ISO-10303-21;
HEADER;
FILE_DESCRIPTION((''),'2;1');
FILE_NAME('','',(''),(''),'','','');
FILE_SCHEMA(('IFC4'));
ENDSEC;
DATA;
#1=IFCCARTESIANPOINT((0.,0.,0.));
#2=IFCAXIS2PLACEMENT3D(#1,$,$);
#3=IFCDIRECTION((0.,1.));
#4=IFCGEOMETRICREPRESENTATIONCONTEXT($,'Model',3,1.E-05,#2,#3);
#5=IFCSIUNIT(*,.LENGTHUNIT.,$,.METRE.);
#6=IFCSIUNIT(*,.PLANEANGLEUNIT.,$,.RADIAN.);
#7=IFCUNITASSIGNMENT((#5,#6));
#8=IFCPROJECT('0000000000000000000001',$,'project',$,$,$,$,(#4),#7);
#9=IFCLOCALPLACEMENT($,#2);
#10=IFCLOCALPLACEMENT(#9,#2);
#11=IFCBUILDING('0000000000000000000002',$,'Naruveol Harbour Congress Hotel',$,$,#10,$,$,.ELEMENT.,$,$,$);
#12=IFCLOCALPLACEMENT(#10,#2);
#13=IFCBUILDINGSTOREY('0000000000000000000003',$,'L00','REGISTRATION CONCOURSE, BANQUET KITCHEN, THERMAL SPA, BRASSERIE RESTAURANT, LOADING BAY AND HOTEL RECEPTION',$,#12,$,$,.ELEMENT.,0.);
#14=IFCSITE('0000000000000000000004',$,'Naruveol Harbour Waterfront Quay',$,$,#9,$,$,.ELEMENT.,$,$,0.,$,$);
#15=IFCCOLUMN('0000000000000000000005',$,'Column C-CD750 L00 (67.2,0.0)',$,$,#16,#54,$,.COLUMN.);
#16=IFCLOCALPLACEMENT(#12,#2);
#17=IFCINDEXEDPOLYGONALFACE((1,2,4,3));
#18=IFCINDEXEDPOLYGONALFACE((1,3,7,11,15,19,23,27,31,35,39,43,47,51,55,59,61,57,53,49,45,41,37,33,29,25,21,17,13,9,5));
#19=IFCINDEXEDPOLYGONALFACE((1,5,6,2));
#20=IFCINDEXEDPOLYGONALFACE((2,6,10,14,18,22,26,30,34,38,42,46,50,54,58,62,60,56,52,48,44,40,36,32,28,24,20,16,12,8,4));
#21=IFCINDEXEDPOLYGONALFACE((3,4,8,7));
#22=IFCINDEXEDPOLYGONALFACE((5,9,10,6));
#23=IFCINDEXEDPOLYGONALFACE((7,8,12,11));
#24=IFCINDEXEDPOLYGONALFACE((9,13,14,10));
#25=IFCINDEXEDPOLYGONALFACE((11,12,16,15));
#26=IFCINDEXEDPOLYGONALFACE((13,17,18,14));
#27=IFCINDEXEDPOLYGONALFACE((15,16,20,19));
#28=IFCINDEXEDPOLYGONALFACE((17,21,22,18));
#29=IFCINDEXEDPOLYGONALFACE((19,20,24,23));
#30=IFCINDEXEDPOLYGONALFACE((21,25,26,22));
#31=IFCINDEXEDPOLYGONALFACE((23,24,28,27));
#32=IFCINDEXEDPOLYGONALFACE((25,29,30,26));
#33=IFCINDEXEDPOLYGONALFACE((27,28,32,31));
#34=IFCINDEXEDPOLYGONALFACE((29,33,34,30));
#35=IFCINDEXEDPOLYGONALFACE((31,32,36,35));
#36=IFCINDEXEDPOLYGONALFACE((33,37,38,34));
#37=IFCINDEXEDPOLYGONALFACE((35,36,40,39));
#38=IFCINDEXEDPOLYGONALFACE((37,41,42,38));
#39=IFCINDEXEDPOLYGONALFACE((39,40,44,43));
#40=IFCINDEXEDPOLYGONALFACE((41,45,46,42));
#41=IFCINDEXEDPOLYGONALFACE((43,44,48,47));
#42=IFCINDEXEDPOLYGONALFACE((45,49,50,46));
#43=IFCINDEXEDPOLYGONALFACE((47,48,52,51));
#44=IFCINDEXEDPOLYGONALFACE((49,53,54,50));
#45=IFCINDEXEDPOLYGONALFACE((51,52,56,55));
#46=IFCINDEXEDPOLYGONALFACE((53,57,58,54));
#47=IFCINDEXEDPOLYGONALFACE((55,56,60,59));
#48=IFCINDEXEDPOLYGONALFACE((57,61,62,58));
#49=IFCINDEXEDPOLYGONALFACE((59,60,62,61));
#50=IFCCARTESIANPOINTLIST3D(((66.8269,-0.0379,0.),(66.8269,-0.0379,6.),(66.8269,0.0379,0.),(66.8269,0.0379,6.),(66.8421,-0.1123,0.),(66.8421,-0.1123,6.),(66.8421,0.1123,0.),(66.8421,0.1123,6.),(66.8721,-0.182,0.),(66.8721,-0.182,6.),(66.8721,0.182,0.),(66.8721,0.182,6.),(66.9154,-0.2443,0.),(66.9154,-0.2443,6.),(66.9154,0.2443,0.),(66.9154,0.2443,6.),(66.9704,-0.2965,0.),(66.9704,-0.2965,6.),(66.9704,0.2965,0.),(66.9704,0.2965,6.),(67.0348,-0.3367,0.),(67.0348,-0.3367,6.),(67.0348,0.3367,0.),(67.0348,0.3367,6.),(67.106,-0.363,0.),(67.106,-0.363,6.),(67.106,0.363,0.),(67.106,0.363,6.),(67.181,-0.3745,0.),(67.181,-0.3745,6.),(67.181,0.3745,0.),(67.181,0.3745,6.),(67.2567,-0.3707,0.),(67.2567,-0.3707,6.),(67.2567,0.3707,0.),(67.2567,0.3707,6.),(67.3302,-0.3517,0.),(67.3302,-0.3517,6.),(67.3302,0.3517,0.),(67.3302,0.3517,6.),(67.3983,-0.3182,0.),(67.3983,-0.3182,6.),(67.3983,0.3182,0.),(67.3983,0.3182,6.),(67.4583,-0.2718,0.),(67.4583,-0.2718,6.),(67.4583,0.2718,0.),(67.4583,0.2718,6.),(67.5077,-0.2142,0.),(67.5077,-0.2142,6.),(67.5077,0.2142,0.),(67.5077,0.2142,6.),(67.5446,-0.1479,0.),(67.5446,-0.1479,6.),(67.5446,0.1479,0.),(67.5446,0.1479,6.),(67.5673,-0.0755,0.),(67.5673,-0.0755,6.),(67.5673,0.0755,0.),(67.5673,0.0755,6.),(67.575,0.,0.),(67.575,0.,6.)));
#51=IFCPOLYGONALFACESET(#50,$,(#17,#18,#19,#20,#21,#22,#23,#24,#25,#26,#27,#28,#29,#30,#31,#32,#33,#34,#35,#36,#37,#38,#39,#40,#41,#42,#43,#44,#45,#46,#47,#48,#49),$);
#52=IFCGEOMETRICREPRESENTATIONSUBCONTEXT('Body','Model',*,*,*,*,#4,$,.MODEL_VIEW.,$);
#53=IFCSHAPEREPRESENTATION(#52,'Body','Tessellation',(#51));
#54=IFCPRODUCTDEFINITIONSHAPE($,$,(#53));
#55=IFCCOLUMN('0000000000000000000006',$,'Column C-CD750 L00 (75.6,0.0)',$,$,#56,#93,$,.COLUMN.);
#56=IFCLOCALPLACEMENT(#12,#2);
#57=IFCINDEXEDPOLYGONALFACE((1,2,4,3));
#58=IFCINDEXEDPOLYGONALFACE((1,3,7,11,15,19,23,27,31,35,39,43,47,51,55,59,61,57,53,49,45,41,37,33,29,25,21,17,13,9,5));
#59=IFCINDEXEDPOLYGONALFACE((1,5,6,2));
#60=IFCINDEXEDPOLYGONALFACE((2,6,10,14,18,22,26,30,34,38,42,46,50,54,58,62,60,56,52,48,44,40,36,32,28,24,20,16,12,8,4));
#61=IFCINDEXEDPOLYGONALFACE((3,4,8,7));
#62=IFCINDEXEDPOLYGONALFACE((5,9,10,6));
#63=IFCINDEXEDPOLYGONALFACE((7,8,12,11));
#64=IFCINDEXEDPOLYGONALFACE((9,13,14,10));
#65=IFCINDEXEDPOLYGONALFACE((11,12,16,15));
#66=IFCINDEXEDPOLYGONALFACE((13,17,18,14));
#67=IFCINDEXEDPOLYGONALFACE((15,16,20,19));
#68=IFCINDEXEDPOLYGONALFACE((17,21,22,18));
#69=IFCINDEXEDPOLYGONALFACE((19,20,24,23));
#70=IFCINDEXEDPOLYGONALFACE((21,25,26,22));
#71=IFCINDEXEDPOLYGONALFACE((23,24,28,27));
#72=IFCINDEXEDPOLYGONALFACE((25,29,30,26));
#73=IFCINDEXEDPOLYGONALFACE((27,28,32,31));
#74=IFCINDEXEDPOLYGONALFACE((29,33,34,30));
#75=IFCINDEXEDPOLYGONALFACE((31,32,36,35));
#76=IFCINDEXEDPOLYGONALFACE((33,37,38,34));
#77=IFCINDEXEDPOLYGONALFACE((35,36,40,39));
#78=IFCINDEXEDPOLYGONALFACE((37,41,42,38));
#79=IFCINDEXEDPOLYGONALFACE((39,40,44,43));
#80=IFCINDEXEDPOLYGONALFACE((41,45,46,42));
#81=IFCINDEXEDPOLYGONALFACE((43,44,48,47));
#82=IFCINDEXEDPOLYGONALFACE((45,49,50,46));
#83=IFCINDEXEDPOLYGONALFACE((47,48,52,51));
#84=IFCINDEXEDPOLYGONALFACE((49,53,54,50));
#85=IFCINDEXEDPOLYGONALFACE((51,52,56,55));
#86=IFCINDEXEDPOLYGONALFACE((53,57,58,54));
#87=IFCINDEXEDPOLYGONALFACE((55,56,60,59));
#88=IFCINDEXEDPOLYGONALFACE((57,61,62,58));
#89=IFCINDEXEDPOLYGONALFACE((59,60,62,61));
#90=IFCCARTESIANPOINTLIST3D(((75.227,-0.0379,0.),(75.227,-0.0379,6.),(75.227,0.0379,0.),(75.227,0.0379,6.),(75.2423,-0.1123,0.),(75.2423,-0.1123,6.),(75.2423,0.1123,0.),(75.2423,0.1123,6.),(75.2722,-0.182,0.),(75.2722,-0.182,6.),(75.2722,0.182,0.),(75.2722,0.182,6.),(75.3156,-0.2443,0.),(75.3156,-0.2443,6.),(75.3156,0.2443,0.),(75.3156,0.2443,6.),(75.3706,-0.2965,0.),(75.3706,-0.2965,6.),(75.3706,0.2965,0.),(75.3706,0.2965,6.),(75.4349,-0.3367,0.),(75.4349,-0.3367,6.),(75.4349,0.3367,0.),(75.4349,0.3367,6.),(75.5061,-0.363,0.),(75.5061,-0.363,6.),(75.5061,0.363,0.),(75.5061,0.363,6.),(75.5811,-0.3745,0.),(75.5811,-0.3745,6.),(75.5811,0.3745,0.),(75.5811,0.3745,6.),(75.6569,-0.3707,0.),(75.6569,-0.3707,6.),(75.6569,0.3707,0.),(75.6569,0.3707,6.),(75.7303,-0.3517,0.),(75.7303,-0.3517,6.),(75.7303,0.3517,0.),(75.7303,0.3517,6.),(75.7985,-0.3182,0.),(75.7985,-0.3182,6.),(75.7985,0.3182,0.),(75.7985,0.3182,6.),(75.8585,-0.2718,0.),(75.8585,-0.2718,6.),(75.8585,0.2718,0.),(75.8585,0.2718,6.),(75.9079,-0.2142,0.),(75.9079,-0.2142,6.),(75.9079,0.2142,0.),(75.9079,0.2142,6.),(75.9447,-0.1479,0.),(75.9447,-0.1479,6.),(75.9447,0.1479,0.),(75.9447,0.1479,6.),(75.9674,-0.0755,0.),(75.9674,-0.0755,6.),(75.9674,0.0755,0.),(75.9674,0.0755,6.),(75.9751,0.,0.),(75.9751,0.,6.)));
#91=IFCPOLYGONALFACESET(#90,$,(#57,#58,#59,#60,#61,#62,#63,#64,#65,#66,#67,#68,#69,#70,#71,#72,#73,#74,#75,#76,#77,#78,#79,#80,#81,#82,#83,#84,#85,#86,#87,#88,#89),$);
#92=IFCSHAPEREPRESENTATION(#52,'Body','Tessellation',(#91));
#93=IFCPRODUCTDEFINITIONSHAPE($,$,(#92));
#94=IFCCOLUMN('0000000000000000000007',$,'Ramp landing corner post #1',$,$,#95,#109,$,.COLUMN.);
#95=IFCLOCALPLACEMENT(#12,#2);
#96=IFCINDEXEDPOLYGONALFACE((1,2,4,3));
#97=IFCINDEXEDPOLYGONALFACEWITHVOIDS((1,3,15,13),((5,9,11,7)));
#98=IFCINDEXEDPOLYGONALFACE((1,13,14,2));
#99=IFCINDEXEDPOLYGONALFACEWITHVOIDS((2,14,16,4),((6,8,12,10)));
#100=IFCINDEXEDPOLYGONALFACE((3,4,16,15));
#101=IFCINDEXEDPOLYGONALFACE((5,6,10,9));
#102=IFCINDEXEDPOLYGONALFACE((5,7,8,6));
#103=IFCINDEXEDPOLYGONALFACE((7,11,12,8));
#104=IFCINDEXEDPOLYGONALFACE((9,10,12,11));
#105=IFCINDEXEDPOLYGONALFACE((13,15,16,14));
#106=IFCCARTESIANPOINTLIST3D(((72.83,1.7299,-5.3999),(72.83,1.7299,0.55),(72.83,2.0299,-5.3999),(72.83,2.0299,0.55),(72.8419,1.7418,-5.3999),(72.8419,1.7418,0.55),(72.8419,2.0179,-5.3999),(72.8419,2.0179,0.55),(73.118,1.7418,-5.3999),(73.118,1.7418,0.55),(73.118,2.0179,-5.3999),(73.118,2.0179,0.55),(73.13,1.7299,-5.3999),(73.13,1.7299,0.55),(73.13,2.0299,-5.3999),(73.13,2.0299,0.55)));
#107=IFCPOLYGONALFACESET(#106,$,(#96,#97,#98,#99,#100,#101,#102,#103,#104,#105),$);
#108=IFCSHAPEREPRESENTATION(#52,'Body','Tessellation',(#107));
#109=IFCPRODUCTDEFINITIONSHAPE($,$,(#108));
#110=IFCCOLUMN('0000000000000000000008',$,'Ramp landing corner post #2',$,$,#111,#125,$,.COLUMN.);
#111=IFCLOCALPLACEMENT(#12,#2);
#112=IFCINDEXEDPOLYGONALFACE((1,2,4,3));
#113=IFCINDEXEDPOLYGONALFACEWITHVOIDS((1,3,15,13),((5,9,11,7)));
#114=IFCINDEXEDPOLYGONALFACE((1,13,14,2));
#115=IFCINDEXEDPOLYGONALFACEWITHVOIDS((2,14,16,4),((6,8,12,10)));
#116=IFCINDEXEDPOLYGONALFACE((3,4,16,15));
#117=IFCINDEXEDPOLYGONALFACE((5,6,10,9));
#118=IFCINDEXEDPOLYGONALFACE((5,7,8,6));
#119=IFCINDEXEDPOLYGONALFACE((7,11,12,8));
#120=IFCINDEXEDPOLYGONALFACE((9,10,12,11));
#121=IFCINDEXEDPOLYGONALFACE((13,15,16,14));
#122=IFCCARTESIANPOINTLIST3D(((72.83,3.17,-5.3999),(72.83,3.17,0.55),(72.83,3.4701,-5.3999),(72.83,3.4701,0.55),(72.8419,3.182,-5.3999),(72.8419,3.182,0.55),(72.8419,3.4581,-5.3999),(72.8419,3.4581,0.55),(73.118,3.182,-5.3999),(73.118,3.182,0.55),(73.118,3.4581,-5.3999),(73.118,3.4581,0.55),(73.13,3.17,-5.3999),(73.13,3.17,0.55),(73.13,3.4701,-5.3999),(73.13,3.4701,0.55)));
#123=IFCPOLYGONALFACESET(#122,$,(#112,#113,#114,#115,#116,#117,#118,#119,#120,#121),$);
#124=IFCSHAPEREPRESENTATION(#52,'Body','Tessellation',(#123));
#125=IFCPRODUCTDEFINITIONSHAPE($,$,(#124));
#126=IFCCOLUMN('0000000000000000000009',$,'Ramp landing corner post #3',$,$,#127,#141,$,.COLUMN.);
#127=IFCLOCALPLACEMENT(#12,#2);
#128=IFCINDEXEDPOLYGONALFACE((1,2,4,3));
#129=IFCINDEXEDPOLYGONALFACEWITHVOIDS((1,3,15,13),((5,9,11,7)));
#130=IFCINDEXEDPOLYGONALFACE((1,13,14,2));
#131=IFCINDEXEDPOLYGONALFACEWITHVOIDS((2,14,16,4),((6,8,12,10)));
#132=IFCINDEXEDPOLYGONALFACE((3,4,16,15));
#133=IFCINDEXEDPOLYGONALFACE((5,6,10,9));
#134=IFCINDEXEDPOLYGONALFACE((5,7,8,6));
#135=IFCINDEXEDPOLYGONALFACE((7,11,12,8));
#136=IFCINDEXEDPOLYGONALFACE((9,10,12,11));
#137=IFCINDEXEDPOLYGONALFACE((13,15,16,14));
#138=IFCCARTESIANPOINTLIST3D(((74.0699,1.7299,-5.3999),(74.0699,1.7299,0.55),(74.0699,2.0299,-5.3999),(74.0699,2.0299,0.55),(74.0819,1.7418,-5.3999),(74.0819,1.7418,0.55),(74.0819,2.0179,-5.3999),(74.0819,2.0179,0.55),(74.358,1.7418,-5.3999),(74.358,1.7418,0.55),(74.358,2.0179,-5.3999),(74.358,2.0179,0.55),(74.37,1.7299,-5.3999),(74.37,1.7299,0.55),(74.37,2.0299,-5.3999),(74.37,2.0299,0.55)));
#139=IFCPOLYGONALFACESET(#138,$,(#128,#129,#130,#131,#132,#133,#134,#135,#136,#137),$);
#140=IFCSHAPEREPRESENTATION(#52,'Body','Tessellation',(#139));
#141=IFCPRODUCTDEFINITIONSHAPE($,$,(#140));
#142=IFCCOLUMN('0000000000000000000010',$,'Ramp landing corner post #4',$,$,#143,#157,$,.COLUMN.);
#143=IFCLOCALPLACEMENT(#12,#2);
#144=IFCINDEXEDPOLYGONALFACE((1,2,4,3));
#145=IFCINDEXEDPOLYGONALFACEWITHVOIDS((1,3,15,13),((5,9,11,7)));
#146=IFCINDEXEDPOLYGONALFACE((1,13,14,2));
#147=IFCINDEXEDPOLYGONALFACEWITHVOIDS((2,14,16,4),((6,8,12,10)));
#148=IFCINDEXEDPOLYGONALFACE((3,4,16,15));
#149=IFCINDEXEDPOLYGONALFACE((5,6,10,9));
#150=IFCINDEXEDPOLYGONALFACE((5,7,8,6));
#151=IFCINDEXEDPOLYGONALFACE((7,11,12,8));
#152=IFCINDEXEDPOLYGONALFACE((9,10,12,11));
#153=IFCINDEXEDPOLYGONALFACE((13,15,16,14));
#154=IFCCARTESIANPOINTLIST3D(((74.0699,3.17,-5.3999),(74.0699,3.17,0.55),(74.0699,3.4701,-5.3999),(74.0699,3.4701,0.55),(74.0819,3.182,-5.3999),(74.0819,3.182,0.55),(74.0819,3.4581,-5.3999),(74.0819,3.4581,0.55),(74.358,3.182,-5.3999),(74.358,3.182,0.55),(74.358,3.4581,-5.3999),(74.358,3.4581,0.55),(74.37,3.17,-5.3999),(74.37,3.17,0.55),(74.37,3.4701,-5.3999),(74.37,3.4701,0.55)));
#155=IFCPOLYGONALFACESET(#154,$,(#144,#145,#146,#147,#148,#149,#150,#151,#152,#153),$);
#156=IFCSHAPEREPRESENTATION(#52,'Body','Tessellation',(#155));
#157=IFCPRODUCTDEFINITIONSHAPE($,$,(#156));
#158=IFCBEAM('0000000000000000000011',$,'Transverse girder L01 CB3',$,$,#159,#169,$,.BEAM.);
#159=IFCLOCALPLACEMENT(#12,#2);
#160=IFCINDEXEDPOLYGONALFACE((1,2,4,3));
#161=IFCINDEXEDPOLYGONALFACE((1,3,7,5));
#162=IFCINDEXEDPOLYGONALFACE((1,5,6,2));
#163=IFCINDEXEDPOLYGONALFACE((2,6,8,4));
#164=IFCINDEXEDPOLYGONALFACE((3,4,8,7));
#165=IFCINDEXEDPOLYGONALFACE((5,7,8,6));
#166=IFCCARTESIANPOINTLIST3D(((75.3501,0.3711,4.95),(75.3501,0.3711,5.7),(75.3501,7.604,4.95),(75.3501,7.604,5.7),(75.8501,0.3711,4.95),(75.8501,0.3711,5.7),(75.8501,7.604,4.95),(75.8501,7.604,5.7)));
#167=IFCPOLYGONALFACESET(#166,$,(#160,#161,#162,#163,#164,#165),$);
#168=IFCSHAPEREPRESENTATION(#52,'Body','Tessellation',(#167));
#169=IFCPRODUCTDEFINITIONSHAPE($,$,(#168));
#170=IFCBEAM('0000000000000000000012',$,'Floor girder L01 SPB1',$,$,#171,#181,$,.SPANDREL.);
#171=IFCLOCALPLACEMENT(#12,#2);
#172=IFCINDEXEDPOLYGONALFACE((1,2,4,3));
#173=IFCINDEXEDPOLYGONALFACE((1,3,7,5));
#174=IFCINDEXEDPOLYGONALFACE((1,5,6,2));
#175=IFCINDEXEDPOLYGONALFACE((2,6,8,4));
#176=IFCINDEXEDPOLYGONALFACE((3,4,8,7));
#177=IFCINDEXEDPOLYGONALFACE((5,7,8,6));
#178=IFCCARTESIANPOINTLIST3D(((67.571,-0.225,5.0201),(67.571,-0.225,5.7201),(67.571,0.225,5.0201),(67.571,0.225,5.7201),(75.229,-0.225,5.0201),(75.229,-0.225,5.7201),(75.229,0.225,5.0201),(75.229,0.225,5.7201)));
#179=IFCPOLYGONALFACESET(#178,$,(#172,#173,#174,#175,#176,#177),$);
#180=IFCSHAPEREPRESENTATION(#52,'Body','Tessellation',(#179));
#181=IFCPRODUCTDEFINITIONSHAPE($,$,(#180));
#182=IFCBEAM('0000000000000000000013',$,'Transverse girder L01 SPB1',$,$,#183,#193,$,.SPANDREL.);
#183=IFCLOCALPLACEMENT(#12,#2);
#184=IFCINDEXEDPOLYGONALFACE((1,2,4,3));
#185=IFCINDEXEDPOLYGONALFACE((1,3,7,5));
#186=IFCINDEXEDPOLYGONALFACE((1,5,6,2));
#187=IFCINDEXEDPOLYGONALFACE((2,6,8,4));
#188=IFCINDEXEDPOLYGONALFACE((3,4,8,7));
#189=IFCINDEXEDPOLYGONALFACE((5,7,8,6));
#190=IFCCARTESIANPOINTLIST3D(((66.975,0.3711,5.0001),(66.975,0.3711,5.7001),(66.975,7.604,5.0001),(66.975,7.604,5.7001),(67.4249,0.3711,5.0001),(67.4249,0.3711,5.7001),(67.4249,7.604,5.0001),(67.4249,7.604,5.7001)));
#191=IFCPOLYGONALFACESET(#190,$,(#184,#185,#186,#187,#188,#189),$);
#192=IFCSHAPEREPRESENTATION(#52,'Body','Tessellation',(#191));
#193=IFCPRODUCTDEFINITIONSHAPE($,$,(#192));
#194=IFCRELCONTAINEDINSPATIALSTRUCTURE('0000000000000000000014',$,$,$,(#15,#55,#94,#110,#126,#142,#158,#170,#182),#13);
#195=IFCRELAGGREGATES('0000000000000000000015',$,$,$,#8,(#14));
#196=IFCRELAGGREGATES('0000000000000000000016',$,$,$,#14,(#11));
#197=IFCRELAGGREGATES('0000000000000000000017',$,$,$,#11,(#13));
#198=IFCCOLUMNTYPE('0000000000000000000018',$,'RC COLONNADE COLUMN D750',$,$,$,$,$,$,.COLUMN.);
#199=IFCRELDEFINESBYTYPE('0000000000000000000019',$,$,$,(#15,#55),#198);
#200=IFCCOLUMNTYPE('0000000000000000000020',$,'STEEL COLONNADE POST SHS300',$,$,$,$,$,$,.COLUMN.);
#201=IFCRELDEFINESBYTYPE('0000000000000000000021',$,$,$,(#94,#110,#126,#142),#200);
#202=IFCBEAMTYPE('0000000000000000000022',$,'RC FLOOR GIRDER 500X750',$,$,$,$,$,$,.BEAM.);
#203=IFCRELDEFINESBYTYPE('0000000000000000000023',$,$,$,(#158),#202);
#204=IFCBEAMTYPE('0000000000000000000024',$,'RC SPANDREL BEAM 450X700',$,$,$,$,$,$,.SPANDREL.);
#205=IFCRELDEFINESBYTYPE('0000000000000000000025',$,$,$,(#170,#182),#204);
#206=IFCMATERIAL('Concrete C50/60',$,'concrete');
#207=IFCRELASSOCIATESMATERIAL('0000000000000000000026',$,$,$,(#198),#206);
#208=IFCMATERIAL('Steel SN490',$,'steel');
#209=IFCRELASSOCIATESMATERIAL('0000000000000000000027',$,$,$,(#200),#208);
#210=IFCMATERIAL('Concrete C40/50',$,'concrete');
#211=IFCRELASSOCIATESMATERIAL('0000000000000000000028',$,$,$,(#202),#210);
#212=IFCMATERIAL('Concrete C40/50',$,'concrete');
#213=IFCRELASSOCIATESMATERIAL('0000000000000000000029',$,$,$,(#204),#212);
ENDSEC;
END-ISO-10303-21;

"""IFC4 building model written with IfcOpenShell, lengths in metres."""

from ifc_helpers import new_model, si_unit, direction, frame, origin, origin_2d, place, context, subcontext, project, spatial, rectangle, hollow_rectangle, circle, extrude, material, material_profile, profile_set, type_object, element, save


model = new_model("IFC4")

# Units and contexts
model_context = context("Model", 3, precision=1e-05, world=origin(), true_north=direction((0.0, 1.0)))
body_context = subcontext(model_context, "Body", "Model", "MODEL_VIEW")
ifc_project = project(units=[si_unit("LENGTHUNIT", "METRE"), si_unit("PLANEANGLEUNIT", "RADIAN")], contexts=[model_context])

# Site, building, storey
site_placement = place(None, origin())
site = spatial("IfcSite", under=ifc_project, at=site_placement, Name="Naruveol Harbour Waterfront Quay", CompositionType="ELEMENT", RefElevation=0.0)
building_placement = place(site_placement, origin())
building = spatial("IfcBuilding", under=site, at=building_placement, Name="Naruveol Harbour Congress Hotel", CompositionType="ELEMENT")
storey_placement = place(building_placement, origin())
storey = spatial("IfcBuildingStorey", under=building, at=storey_placement, Name="L00", Description="REGISTRATION CONCOURSE, BANQUET KITCHEN, THERMAL SPA, BRASSERIE RESTAURANT, LOADING BAY AND HOTEL RECEPTION", CompositionType="ELEMENT", Elevation=0.0)

# Columns
ifc_material_1 = material(Name="Concrete C50/60", Category="concrete")
ifc_material_profile_1 = material_profile(ifc_material_1, circle(Radius=0.375, at=origin_2d()), Name="RC-D750")
ifc_profile_set_1 = profile_set([ifc_material_profile_1], Name="Concrete C50/60")
column_type_1 = type_object("IfcColumnType", Name="RC COLONNADE COLUMN D750", PredefinedType="COLUMN", material=ifc_profile_set_1)
for number, where, z_axis, x_axis, name in (
    (1, (67.2, 0.0, 0.0), (0.0, 0.0, 1.0), (1.0, 0.0, 0.0), "Column C-CD750 L00 (67.2,0.0)"),
    (2, (75.6001, 0.0, 0.0), (0.0, 0.0, 1.0), (1.0, 0.0, 0.0), "Column C-CD750 L00 (75.6,0.0)"),
):
    element("IfcColumn", number, at=place(storey_placement, frame(where, z_axis=z_axis, x_axis=x_axis)), inside=storey, type_object=column_type_1, Name=name, PredefinedType="COLUMN", context=body_context, shape_type="SweptSolid", body=[
        extrude(circle(Radius=0.375, at=origin_2d()), origin(), (0.0, 0.0, 1.0), 6.0),
    ])
ifc_material_2 = material(Name="Steel SN490", Category="steel")
ifc_material_profile_2 = material_profile(ifc_material_2, hollow_rectangle(XDim=0.3, YDim=0.3, WallThickness=0.012, at=origin_2d()), Name="SHS-300x300x12")
ifc_profile_set_2 = profile_set([ifc_material_profile_2], Name="Steel SN490")
column_type_2 = type_object("IfcColumnType", Name="STEEL COLONNADE POST SHS300", PredefinedType="COLUMN", material=ifc_profile_set_2)
for number, where, z_axis, x_axis, name in (
    (3, (72.98, 1.8799, -5.3999), (0.0, 0.0, 1.0), (1.0, 0.0, 0.0), "Ramp landing corner post #1"),
    (4, (72.98, 3.3201, -5.3999), (0.0, 0.0, 1.0), (1.0, 0.0, 0.0), "Ramp landing corner post #2"),
    (5, (74.22, 1.8799, -5.3999), (0.0, 0.0, 1.0), (1.0, 0.0, 0.0), "Ramp landing corner post #3"),
    (6, (74.22, 3.3201, -5.3999), (0.0, 0.0, 1.0), (1.0, 0.0, 0.0), "Ramp landing corner post #4"),
):
    element("IfcColumn", number, at=place(storey_placement, frame(where, z_axis=z_axis, x_axis=x_axis)), inside=storey, type_object=column_type_2, Name=name, PredefinedType="COLUMN", context=body_context, shape_type="SweptSolid", body=[
        extrude(hollow_rectangle(XDim=0.3, YDim=0.3, WallThickness=0.012, at=origin_2d()), origin(), (0.0, 0.0, 1.0), 5.95),
    ])

# Beams
ifc_material_3 = material(Name="Concrete C40/50", Category="concrete")
ifc_material_profile_3 = material_profile(ifc_material_3, rectangle(XDim=0.5, YDim=0.75, at=origin_2d()), Name="RCB-500x750")
ifc_profile_set_3 = profile_set([ifc_material_profile_3], Name="Concrete C40/50")
beam_type_1 = type_object("IfcBeamType", Name="RC FLOOR GIRDER 500X750", PredefinedType="BEAM", material=ifc_profile_set_3)
beam_1_placement = place(storey_placement, frame((75.6001, 0.3711, 5.325), z_axis=(0.0, 1.0, 0.0), x_axis=(-1.0, 0.0, 0.0)))
element("IfcBeam", 7, at=beam_1_placement, inside=storey, type_object=beam_type_1, Name="Transverse girder L01 CB3", PredefinedType="BEAM", context=body_context, shape_type="SweptSolid", body=[
    extrude(rectangle(XDim=0.5, YDim=0.75, at=origin_2d()), origin(), (0.0, 0.0, 1.0), 7.2329),
])
ifc_material_4 = material(Name="Concrete C40/50", Category="concrete")
ifc_material_profile_4 = material_profile(ifc_material_4, rectangle(XDim=0.45, YDim=0.7, at=origin_2d()), Name="RCB-450x700")
ifc_profile_set_4 = profile_set([ifc_material_profile_4], Name="Concrete C40/50")
beam_type_2 = type_object("IfcBeamType", Name="RC SPANDREL BEAM 450X700", PredefinedType="SPANDREL", material=ifc_profile_set_4)
beam_2_placement = place(storey_placement, frame((67.571, 0.0, 5.3701), z_axis=(1.0, 0.0, 0.0), x_axis=(0.0, 1.0, 0.0)))
element("IfcBeam", 8, at=beam_2_placement, inside=storey, type_object=beam_type_2, Name="Floor girder L01 SPB1", PredefinedType="SPANDREL", context=body_context, shape_type="SweptSolid", body=[
    extrude(rectangle(XDim=0.45, YDim=0.7, at=origin_2d()), origin(), (0.0, 0.0, 1.0), 7.658),
])
beam_3_placement = place(storey_placement, frame((67.2, 0.3711, 5.3501), z_axis=(0.0, 1.0, 0.0), x_axis=(-1.0, 0.0, 0.0)))
element("IfcBeam", 9, at=beam_3_placement, inside=storey, type_object=beam_type_2, Name="Transverse girder L01 SPB1", PredefinedType="SPANDREL", context=body_context, shape_type="SweptSolid", body=[
    extrude(rectangle(XDim=0.45, YDim=0.7, at=origin_2d()), origin(), (0.0, 0.0, 1.0), 7.2329),
])

save(model, "model.ifc")
